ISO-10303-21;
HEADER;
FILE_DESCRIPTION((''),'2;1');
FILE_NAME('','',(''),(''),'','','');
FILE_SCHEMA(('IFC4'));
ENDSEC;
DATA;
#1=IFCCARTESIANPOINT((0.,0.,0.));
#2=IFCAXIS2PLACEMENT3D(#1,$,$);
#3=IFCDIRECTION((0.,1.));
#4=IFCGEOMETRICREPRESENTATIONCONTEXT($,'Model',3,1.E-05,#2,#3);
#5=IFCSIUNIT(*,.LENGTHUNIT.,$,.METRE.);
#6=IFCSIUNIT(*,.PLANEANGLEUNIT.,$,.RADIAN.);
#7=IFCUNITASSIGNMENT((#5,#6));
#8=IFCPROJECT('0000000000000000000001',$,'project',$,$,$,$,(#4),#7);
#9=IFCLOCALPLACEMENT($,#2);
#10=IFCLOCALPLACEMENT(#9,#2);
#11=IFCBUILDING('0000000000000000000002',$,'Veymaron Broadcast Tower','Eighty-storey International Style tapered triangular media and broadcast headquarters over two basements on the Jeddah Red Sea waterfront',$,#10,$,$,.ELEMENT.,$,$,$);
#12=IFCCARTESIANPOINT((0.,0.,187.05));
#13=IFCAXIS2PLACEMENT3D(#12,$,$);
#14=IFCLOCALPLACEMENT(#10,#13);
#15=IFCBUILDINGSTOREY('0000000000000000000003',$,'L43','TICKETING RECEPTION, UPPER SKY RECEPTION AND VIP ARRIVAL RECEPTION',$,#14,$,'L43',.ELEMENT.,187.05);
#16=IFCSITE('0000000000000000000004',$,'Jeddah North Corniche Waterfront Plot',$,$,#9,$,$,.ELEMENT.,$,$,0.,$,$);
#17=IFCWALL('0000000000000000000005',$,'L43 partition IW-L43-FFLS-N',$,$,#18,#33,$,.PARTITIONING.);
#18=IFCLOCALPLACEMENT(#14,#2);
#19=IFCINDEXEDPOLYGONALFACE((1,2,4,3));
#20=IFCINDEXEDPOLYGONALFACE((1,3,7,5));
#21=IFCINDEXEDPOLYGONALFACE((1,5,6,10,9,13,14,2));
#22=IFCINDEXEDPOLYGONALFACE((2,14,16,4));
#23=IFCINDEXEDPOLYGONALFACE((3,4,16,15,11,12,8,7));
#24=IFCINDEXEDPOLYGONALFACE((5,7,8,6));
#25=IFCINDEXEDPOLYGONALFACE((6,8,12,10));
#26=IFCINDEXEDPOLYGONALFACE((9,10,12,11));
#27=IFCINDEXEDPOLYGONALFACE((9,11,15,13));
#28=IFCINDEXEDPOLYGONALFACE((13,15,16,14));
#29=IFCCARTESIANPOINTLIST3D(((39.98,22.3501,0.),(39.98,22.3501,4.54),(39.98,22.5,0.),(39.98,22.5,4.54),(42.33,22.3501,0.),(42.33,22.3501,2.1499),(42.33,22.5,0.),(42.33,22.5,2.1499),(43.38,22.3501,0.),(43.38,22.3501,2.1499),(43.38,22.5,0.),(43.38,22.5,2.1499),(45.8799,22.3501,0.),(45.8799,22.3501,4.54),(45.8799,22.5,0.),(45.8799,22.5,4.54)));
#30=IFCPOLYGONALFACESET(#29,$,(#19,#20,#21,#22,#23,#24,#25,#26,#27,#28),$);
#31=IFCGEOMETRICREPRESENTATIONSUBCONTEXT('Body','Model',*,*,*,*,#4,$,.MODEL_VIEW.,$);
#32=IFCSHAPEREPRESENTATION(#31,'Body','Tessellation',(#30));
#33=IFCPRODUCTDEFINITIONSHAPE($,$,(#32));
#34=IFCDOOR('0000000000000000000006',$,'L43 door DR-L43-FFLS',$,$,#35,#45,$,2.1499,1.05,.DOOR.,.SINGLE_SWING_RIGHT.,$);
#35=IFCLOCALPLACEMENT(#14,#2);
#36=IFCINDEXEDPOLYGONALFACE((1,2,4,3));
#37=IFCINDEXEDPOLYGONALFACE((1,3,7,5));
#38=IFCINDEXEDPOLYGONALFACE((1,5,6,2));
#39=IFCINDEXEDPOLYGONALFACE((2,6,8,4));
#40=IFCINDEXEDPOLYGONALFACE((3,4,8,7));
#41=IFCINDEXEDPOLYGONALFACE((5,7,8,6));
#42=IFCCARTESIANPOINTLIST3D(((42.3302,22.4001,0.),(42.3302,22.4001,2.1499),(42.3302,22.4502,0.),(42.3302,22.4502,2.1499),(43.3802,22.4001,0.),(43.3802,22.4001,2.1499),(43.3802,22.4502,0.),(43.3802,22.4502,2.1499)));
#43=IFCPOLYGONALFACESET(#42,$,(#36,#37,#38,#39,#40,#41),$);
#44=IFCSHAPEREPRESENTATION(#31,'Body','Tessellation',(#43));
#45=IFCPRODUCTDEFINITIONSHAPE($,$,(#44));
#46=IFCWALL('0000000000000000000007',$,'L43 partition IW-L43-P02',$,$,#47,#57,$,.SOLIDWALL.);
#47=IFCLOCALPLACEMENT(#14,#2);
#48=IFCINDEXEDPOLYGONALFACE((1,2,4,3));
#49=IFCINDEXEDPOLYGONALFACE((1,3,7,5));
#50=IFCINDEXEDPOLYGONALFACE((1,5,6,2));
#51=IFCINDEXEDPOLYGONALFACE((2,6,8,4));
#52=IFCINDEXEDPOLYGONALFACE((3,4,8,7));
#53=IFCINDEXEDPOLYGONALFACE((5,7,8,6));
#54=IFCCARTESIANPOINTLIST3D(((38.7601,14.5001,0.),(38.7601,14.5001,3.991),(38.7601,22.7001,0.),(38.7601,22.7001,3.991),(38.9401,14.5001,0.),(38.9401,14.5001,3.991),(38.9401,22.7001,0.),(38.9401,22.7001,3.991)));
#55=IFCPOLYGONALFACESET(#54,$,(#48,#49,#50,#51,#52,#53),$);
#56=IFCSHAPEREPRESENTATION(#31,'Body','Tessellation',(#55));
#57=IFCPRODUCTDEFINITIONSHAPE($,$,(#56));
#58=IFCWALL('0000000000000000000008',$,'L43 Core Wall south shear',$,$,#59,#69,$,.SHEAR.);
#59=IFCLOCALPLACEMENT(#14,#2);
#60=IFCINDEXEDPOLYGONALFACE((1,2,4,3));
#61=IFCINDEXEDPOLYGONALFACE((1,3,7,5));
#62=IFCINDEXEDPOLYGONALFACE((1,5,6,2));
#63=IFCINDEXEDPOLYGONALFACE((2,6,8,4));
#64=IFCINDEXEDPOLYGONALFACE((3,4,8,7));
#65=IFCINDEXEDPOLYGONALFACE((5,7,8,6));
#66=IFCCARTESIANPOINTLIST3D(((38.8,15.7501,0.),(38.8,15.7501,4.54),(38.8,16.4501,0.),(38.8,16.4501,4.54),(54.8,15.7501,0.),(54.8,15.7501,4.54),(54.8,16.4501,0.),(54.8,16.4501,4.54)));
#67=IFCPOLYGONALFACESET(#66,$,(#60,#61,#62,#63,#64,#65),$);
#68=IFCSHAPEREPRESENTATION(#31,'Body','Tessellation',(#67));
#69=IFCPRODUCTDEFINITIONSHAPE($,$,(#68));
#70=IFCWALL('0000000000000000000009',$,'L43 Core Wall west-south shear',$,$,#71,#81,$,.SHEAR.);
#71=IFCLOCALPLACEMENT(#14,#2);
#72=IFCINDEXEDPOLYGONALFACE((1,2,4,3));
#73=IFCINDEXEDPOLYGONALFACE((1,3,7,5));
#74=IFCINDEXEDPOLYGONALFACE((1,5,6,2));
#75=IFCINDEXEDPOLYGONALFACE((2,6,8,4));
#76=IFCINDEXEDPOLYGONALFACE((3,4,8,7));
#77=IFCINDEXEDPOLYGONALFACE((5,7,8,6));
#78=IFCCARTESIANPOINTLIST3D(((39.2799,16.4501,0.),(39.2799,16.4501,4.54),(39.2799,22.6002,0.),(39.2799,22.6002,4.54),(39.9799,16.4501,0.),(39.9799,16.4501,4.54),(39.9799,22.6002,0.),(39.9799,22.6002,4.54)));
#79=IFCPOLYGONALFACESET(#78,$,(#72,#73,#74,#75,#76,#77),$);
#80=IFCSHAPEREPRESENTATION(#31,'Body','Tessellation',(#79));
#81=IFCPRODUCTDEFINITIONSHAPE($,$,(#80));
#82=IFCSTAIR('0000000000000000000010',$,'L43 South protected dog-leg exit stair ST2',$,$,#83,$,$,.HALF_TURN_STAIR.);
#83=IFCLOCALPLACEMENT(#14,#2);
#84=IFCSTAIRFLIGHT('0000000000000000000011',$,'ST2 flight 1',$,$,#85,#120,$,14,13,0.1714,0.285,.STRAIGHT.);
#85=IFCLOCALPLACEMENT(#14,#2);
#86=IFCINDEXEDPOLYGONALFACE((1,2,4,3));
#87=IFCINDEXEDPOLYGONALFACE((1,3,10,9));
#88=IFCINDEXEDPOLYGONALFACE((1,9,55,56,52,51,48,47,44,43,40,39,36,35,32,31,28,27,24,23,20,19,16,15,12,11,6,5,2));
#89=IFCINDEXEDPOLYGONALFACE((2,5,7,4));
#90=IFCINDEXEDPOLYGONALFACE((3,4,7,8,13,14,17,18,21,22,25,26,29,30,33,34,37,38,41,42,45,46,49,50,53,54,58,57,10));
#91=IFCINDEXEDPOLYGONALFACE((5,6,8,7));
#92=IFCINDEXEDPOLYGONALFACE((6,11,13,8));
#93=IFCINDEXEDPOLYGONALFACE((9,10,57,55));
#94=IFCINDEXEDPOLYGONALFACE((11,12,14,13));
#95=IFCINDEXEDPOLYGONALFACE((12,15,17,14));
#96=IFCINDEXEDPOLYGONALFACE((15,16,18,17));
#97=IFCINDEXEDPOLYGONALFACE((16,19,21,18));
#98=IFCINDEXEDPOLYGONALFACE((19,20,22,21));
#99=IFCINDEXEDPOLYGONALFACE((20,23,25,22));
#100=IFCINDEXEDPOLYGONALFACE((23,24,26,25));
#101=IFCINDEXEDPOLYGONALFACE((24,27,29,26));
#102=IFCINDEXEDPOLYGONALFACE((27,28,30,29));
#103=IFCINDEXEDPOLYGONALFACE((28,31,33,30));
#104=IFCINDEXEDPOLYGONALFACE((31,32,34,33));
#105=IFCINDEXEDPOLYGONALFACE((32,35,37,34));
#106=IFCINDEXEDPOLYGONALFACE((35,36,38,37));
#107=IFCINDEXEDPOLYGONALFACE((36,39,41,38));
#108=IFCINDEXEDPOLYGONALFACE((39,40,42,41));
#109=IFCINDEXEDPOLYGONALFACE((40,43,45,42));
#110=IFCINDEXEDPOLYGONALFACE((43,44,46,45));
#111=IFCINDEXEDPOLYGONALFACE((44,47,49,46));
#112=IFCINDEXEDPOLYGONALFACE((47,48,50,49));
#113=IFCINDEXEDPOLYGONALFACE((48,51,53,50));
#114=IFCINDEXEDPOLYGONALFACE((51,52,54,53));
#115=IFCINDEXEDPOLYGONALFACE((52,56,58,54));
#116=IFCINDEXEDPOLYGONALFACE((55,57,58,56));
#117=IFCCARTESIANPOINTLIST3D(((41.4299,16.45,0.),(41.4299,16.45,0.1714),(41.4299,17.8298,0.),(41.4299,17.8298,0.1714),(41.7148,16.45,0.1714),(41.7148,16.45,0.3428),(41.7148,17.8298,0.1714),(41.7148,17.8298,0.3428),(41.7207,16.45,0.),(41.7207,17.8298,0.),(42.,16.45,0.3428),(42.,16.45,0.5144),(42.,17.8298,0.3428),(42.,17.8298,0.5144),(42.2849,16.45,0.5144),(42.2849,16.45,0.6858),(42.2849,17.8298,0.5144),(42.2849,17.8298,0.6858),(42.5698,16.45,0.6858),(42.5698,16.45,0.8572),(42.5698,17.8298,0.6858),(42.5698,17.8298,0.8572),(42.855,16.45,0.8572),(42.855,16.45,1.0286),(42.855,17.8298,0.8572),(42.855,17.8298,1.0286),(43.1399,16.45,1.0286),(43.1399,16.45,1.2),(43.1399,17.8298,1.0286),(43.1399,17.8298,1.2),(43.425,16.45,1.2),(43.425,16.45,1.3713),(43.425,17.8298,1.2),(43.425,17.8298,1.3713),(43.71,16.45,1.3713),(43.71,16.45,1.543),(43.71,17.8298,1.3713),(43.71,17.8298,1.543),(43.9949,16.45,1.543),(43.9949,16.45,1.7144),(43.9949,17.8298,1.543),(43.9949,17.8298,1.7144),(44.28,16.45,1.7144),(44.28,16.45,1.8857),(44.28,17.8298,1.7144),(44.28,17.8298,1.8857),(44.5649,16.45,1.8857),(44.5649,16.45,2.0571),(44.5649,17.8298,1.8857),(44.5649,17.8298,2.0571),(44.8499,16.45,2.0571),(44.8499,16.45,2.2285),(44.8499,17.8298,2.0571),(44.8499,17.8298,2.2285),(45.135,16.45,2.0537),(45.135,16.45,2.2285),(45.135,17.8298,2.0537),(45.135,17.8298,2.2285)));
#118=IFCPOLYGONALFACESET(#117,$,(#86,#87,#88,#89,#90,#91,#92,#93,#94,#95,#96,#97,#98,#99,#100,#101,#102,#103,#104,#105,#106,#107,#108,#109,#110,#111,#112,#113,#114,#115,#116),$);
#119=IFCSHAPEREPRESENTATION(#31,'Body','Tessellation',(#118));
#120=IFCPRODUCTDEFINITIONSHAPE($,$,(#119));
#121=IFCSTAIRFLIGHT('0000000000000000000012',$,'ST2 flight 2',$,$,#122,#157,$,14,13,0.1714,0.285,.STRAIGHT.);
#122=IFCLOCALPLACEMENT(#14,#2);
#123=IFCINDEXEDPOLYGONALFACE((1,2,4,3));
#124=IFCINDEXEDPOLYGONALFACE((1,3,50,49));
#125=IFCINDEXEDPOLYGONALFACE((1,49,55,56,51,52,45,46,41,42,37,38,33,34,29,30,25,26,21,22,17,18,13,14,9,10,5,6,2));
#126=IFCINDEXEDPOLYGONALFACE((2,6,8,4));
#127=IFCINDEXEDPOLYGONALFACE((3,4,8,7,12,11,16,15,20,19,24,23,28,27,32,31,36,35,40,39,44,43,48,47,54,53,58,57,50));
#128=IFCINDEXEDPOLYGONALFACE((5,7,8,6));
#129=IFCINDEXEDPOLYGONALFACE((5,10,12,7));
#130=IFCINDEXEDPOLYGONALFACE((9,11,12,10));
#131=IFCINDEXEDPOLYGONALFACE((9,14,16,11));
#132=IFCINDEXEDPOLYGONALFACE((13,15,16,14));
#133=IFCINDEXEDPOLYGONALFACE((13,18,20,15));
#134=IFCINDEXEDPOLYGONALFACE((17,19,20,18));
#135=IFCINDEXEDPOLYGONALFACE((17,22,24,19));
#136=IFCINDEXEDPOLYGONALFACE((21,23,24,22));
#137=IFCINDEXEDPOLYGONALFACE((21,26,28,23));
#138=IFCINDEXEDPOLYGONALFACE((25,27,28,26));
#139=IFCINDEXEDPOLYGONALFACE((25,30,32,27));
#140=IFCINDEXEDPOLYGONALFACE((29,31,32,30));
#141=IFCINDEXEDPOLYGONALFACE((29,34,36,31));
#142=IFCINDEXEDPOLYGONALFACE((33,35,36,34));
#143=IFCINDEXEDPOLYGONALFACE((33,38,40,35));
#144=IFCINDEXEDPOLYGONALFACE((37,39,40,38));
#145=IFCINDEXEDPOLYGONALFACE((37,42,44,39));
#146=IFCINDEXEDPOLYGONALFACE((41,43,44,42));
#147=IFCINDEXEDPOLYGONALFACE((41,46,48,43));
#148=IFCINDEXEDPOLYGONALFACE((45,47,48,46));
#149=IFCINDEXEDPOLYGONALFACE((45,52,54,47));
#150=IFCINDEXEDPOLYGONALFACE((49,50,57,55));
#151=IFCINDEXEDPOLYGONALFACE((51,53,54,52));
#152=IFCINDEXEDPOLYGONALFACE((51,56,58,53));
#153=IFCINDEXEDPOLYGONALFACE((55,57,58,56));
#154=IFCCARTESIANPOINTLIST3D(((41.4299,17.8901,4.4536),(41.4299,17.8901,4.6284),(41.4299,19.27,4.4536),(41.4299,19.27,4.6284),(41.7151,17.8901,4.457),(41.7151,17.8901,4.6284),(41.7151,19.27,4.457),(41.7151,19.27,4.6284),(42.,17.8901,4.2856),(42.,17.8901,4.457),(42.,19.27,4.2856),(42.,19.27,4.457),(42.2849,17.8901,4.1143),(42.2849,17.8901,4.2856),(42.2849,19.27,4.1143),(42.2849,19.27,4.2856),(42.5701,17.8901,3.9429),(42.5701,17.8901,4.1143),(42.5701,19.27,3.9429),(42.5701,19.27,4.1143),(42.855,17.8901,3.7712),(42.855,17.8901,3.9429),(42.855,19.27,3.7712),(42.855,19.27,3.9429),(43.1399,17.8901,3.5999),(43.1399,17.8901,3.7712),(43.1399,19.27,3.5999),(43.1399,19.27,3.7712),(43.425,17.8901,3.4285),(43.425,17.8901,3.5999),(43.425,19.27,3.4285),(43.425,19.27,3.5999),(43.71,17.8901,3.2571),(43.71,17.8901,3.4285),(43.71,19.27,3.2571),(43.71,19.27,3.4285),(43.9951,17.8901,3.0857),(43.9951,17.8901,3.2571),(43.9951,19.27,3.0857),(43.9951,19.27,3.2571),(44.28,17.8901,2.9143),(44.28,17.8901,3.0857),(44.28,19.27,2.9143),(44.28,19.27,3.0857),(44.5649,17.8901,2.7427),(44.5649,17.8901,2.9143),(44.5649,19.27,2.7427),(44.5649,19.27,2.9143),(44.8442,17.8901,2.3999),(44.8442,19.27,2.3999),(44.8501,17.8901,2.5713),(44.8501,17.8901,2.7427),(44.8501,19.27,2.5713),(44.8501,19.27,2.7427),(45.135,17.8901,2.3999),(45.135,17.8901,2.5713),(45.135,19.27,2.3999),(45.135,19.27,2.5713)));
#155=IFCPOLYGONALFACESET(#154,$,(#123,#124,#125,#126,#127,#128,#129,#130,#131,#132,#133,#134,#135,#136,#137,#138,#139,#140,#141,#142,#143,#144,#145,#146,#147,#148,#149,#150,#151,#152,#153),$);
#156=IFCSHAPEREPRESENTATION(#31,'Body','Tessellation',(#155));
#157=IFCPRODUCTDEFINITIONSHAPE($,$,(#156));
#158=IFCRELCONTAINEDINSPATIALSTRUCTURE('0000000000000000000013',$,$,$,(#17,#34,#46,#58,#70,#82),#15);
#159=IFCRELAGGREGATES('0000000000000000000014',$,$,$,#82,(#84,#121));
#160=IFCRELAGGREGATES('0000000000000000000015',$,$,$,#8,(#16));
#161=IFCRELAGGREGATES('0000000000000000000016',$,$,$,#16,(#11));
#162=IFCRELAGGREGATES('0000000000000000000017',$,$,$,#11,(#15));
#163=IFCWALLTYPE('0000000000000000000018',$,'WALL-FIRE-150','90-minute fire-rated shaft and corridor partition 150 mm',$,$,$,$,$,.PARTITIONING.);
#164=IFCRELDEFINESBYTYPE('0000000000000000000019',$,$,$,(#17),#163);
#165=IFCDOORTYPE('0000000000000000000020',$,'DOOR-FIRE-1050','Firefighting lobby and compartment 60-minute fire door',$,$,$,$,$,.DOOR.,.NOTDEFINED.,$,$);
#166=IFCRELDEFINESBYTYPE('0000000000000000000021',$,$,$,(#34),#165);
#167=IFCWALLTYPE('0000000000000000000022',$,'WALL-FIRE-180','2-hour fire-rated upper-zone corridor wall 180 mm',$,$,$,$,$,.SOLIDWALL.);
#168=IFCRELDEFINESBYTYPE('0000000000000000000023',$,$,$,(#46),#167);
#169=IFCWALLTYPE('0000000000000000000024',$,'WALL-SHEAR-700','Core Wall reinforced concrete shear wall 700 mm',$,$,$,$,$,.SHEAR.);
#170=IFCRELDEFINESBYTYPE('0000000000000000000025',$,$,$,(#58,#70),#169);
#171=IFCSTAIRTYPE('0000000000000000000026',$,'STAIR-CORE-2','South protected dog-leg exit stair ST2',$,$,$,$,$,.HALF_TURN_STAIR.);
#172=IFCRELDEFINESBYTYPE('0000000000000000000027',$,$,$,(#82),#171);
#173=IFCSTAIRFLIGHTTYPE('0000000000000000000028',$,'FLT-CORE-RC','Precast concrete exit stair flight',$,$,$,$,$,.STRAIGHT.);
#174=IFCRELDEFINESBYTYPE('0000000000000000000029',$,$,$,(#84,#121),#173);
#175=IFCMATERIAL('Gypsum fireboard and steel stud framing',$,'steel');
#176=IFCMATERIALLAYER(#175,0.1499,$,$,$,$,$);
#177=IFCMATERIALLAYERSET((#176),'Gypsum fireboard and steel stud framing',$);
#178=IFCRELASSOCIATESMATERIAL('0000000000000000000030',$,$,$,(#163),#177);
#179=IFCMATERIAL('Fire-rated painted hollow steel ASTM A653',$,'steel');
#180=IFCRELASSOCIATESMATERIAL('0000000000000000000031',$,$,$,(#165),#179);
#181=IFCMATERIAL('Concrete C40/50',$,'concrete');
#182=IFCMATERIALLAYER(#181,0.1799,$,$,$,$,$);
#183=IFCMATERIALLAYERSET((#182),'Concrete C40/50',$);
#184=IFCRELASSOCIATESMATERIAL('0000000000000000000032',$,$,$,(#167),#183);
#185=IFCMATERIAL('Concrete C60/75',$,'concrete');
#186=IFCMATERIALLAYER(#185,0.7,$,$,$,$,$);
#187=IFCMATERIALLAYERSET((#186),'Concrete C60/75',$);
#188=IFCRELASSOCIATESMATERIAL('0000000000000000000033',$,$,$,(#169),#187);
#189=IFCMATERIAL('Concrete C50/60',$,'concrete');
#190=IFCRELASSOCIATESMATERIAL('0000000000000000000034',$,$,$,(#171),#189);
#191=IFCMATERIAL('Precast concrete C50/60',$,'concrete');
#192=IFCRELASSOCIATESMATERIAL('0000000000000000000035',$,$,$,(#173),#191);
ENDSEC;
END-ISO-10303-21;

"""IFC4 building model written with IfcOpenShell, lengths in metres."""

from ifc_helpers import new_model, si_unit, direction, frame, frame_2d, origin, place, context, subcontext, project, spatial, polyline, rectangle, outline, extrude, material, layer, layer_set, type_object, element, fill, aggregate, save


model = new_model("IFC4")

# Units and contexts
model_context = context("Model", 3, precision=1e-05, world=origin(), true_north=direction((0.0, 1.0)))
body_context = subcontext(model_context, "Body", "Model", "MODEL_VIEW")
ifc_project = project(units=[si_unit("LENGTHUNIT", "METRE"), si_unit("PLANEANGLEUNIT", "RADIAN")], contexts=[model_context])

# Site, building, storey
site_placement = place(None, origin())
site = spatial("IfcSite", under=ifc_project, at=site_placement, Name="Jeddah North Corniche Waterfront Plot", CompositionType="ELEMENT", RefElevation=0.0)
building_placement = place(site_placement, origin())
building = spatial("IfcBuilding", under=site, at=building_placement, Name="Veymaron Broadcast Tower", Description="Eighty-storey International Style tapered triangular media and broadcast headquarters over two basements on the Jeddah Red Sea waterfront", CompositionType="ELEMENT")
storey_placement = place(building_placement, frame((0.0, 0.0, 187.05)))
storey = spatial("IfcBuildingStorey", under=building, at=storey_placement, Name="L43", Description="TICKETING RECEPTION, UPPER SKY RECEPTION AND VIP ARRIVAL RECEPTION", LongName="L43", CompositionType="ELEMENT", Elevation=187.05)

# Shared definitions
ifc_material_1 = material(Name="Concrete C60/75", Category="concrete")

# Wall, opening, door
ifc_material_2 = material(Name="Gypsum fireboard and steel stud framing", Category="steel")
ifc_layer_1 = layer(ifc_material_2, 0.1499)
ifc_layer_set_1 = layer_set([ifc_layer_1], Name="Gypsum fireboard and steel stud framing")
wall_type_1 = type_object("IfcWallType", Name="WALL-FIRE-150", Description="90-minute fire-rated shaft and corridor partition 150 mm", PredefinedType="PARTITIONING", material=ifc_layer_set_1)
wall_1_placement = place(storey_placement, frame((39.98, 22.425, 0.0), z_axis=(0.0, 0.0, 1.0), x_axis=(1.0, 0.0, 0.0)))
wall_1 = element("IfcWall", 1, at=wall_1_placement, inside=storey, type_object=wall_type_1, Name="L43 partition IW-L43-FFLS-N", PredefinedType="PARTITIONING", context=body_context, shape_type="SweptSolid", body=[
    extrude(rectangle(XDim=5.8999, YDim=0.1499, at=frame_2d((2.95, 0.0))), origin(), (0.0, 0.0, 1.0), 4.54),
])
opening_1_placement = place(wall_1_placement, frame((2.3501, 0.0, 0.0)))
opening_1 = element("IfcOpeningElement", 2, at=opening_1_placement, cuts=wall_1, PredefinedType="OPENING", context=body_context, shape_type="SweptSolid", body=[
    extrude(rectangle(XDim=1.05, YDim=2.1499, at=frame_2d((0.5249, 1.075))), frame((0.0, 0.085, 0.0), z_axis=(0.0, -1.0, 0.0), x_axis=(1.0, 0.0, 0.0)), (0.0, 0.0, 1.0), 0.1699),
])
ifc_material_3 = material(Name="Fire-rated painted hollow steel ASTM A653", Category="steel")
door_type_1 = type_object("IfcDoorType", Name="DOOR-FIRE-1050", Description="Firefighting lobby and compartment 60-minute fire door", OperationType="NOTDEFINED", PredefinedType="DOOR", material=ifc_material_3)
door_1_placement = place(opening_1_placement, frame((1.05, 0.0, 0.0), z_axis=(0.0, 0.0, 1.0), x_axis=(-1.0, 0.0, 0.0)))
door_1 = element("IfcDoor", 3, at=door_1_placement, inside=storey, type_object=door_type_1, Name="L43 door DR-L43-FFLS", OperationType="SINGLE_SWING_RIGHT", OverallHeight=2.1499, OverallWidth=1.05, PredefinedType="DOOR", context=body_context, shape_type="SweptSolid", body=[
    extrude(rectangle(XDim=1.05, YDim=2.1499, at=frame_2d((0.5249, 1.075))), frame((0.0, 0.0249, 0.0), z_axis=(0.0, -1.0, 0.0), x_axis=(1.0, 0.0, 0.0)), (0.0, 0.0, 1.0), 0.05),
])
fill(opening_1, door_1)

# Wall
ifc_material_4 = material(Name="Concrete C40/50", Category="concrete")
ifc_layer_2 = layer(ifc_material_4, 0.1799)
ifc_layer_set_2 = layer_set([ifc_layer_2], Name="Concrete C40/50")
wall_type_2 = type_object("IfcWallType", Name="WALL-FIRE-180", Description="2-hour fire-rated upper-zone corridor wall 180 mm", PredefinedType="SOLIDWALL", material=ifc_layer_set_2)
wall_2_placement = place(storey_placement, frame((38.8501, 14.5, 0.0), z_axis=(0.0, 0.0, 1.0), x_axis=(0.0, 1.0, 0.0)))
element("IfcWall", 4, at=wall_2_placement, inside=storey, type_object=wall_type_2, Name="L43 partition IW-L43-P02", PredefinedType="SOLIDWALL", context=body_context, shape_type="SweptSolid", body=[
    extrude(rectangle(XDim=8.2, YDim=0.1799, at=frame_2d((4.1001, 0.0))), origin(), (0.0, 0.0, 1.0), 3.991),
])

# Shared definitions
ifc_material_5 = material(Name="Concrete C50/60", Category="concrete")

# Walls
ifc_layer_3 = layer(ifc_material_1, 0.7)
ifc_layer_set_3 = layer_set([ifc_layer_3], Name="Concrete C60/75")
wall_type_3 = type_object("IfcWallType", Name="WALL-SHEAR-700", Description="Core Wall reinforced concrete shear wall 700 mm", PredefinedType="SHEAR", material=ifc_layer_set_3)
wall_3_placement = place(storey_placement, frame((38.8, 16.1001, 0.0), z_axis=(0.0, 0.0, 1.0), x_axis=(1.0, 0.0, 0.0)))
element("IfcWall", 5, at=wall_3_placement, inside=storey, type_object=wall_type_3, Name="L43 Core Wall south shear", PredefinedType="SHEAR", context=body_context, shape_type="SweptSolid", body=[
    extrude(rectangle(XDim=16.0, YDim=0.7, at=frame_2d((8.0, 0.0))), origin(), (0.0, 0.0, 1.0), 4.54),
])
wall_4_placement = place(storey_placement, frame((39.6299, 16.45, 0.0), z_axis=(0.0, 0.0, 1.0), x_axis=(0.0, 1.0, 0.0)))
element("IfcWall", 6, at=wall_4_placement, inside=storey, type_object=wall_type_3, Name="L43 Core Wall west-south shear", PredefinedType="SHEAR", context=body_context, shape_type="SweptSolid", body=[
    extrude(rectangle(XDim=6.1501, YDim=0.7, at=frame_2d((3.0752, 0.0))), origin(), (0.0, 0.0, 1.0), 4.54),
])

# Stair, stair flights
stair_type = type_object("IfcStairType", Name="STAIR-CORE-2", Description="South protected dog-leg exit stair ST2", PredefinedType="HALF_TURN_STAIR", material=ifc_material_5)
stair_placement = place(storey_placement, origin())
stair = element("IfcStair", 7, at=stair_placement, inside=storey, type_object=stair_type, Name="L43 South protected dog-leg exit stair ST2", PredefinedType="HALF_TURN_STAIR")
ifc_material_6 = material(Name="Precast concrete C50/60", Category="concrete")
stair_flight_type = type_object("IfcStairFlightType", Name="FLT-CORE-RC", Description="Precast concrete exit stair flight", PredefinedType="STRAIGHT", material=ifc_material_6)
stair_flight_1_placement = place(storey_placement, frame((41.4299, 17.1399, 0.0), z_axis=(0.0, 0.0, 1.0), x_axis=(1.0, 0.0, 0.0)))
stair_flight_1 = element("IfcStairFlight", 8, at=stair_flight_1_placement, type_object=stair_flight_type, Name="ST2 flight 1", NumberOfRisers=14, NumberOfTreads=13, PredefinedType="STRAIGHT", RiserHeight=0.1714, TreadLength=0.285, context=body_context, shape_type="SweptSolid", body=[
    extrude(outline(polyline([(0.0, 0.0), (0.0, 0.1714), (0.2849, 0.1714), (0.2849, 0.3428), (0.5701, 0.3428), (0.5701, 0.5144), (0.855, 0.5144), (0.855, 0.6858), (1.1399, 0.6858), (1.1399, 0.8572), (1.425, 0.8572), (1.425, 1.0286), (1.71, 1.0286), (1.71, 1.2), (1.9951, 1.2), (1.9951, 1.3713), (2.28, 1.3713), (2.28, 1.543), (2.5649, 1.543), (2.5649, 1.7144), (2.8501, 1.7144), (2.8501, 1.8857), (3.135, 1.8857), (3.135, 2.0571), (3.4199, 2.0571), (3.4199, 2.2285), (3.7051, 2.2285), (3.7051, 2.3999), (3.7051, 2.0537), (0.2908, 0.0), (0.0, 0.0)])), frame((0.0, 0.6899, 0.0), z_axis=(0.0, -1.0, 0.0), x_axis=(1.0, 0.0, 0.0)), (0.0, 0.0, 1.0), 1.3799),
])
stair_flight_2_placement = place(storey_placement, frame((45.135, 18.5801, 2.3999), z_axis=(0.0, 0.0, 1.0), x_axis=(-1.0, 0.0, 0.0)))
stair_flight_2 = element("IfcStairFlight", 9, at=stair_flight_2_placement, type_object=stair_flight_type, Name="ST2 flight 2", NumberOfRisers=14, NumberOfTreads=13, PredefinedType="STRAIGHT", RiserHeight=0.1714, TreadLength=0.285, context=body_context, shape_type="SweptSolid", body=[
    extrude(outline(polyline([(0.0, 0.0), (0.0, 0.1714), (0.2849, 0.1714), (0.2849, 0.3428), (0.5701, 0.3428), (0.5701, 0.5144), (0.855, 0.5144), (0.855, 0.6858), (1.1399, 0.6858), (1.1399, 0.8572), (1.425, 0.8572), (1.425, 1.0286), (1.71, 1.0286), (1.71, 1.2), (1.9951, 1.2), (1.9951, 1.3713), (2.28, 1.3713), (2.28, 1.543), (2.5649, 1.543), (2.5649, 1.7144), (2.8501, 1.7144), (2.8501, 1.8857), (3.135, 1.8857), (3.135, 2.0571), (3.4199, 2.0571), (3.4199, 2.2285), (3.7051, 2.2285), (3.7051, 2.3999), (3.7051, 2.0537), (0.2908, 0.0), (0.0, 0.0)])), frame((0.0, 0.6899, 0.0), z_axis=(0.0, -1.0, 0.0), x_axis=(1.0, 0.0, 0.0)), (0.0, 0.0, 1.0), 1.3799),
])
aggregate(stair, [stair_flight_1, stair_flight_2])

save(model, "model.ifc")
